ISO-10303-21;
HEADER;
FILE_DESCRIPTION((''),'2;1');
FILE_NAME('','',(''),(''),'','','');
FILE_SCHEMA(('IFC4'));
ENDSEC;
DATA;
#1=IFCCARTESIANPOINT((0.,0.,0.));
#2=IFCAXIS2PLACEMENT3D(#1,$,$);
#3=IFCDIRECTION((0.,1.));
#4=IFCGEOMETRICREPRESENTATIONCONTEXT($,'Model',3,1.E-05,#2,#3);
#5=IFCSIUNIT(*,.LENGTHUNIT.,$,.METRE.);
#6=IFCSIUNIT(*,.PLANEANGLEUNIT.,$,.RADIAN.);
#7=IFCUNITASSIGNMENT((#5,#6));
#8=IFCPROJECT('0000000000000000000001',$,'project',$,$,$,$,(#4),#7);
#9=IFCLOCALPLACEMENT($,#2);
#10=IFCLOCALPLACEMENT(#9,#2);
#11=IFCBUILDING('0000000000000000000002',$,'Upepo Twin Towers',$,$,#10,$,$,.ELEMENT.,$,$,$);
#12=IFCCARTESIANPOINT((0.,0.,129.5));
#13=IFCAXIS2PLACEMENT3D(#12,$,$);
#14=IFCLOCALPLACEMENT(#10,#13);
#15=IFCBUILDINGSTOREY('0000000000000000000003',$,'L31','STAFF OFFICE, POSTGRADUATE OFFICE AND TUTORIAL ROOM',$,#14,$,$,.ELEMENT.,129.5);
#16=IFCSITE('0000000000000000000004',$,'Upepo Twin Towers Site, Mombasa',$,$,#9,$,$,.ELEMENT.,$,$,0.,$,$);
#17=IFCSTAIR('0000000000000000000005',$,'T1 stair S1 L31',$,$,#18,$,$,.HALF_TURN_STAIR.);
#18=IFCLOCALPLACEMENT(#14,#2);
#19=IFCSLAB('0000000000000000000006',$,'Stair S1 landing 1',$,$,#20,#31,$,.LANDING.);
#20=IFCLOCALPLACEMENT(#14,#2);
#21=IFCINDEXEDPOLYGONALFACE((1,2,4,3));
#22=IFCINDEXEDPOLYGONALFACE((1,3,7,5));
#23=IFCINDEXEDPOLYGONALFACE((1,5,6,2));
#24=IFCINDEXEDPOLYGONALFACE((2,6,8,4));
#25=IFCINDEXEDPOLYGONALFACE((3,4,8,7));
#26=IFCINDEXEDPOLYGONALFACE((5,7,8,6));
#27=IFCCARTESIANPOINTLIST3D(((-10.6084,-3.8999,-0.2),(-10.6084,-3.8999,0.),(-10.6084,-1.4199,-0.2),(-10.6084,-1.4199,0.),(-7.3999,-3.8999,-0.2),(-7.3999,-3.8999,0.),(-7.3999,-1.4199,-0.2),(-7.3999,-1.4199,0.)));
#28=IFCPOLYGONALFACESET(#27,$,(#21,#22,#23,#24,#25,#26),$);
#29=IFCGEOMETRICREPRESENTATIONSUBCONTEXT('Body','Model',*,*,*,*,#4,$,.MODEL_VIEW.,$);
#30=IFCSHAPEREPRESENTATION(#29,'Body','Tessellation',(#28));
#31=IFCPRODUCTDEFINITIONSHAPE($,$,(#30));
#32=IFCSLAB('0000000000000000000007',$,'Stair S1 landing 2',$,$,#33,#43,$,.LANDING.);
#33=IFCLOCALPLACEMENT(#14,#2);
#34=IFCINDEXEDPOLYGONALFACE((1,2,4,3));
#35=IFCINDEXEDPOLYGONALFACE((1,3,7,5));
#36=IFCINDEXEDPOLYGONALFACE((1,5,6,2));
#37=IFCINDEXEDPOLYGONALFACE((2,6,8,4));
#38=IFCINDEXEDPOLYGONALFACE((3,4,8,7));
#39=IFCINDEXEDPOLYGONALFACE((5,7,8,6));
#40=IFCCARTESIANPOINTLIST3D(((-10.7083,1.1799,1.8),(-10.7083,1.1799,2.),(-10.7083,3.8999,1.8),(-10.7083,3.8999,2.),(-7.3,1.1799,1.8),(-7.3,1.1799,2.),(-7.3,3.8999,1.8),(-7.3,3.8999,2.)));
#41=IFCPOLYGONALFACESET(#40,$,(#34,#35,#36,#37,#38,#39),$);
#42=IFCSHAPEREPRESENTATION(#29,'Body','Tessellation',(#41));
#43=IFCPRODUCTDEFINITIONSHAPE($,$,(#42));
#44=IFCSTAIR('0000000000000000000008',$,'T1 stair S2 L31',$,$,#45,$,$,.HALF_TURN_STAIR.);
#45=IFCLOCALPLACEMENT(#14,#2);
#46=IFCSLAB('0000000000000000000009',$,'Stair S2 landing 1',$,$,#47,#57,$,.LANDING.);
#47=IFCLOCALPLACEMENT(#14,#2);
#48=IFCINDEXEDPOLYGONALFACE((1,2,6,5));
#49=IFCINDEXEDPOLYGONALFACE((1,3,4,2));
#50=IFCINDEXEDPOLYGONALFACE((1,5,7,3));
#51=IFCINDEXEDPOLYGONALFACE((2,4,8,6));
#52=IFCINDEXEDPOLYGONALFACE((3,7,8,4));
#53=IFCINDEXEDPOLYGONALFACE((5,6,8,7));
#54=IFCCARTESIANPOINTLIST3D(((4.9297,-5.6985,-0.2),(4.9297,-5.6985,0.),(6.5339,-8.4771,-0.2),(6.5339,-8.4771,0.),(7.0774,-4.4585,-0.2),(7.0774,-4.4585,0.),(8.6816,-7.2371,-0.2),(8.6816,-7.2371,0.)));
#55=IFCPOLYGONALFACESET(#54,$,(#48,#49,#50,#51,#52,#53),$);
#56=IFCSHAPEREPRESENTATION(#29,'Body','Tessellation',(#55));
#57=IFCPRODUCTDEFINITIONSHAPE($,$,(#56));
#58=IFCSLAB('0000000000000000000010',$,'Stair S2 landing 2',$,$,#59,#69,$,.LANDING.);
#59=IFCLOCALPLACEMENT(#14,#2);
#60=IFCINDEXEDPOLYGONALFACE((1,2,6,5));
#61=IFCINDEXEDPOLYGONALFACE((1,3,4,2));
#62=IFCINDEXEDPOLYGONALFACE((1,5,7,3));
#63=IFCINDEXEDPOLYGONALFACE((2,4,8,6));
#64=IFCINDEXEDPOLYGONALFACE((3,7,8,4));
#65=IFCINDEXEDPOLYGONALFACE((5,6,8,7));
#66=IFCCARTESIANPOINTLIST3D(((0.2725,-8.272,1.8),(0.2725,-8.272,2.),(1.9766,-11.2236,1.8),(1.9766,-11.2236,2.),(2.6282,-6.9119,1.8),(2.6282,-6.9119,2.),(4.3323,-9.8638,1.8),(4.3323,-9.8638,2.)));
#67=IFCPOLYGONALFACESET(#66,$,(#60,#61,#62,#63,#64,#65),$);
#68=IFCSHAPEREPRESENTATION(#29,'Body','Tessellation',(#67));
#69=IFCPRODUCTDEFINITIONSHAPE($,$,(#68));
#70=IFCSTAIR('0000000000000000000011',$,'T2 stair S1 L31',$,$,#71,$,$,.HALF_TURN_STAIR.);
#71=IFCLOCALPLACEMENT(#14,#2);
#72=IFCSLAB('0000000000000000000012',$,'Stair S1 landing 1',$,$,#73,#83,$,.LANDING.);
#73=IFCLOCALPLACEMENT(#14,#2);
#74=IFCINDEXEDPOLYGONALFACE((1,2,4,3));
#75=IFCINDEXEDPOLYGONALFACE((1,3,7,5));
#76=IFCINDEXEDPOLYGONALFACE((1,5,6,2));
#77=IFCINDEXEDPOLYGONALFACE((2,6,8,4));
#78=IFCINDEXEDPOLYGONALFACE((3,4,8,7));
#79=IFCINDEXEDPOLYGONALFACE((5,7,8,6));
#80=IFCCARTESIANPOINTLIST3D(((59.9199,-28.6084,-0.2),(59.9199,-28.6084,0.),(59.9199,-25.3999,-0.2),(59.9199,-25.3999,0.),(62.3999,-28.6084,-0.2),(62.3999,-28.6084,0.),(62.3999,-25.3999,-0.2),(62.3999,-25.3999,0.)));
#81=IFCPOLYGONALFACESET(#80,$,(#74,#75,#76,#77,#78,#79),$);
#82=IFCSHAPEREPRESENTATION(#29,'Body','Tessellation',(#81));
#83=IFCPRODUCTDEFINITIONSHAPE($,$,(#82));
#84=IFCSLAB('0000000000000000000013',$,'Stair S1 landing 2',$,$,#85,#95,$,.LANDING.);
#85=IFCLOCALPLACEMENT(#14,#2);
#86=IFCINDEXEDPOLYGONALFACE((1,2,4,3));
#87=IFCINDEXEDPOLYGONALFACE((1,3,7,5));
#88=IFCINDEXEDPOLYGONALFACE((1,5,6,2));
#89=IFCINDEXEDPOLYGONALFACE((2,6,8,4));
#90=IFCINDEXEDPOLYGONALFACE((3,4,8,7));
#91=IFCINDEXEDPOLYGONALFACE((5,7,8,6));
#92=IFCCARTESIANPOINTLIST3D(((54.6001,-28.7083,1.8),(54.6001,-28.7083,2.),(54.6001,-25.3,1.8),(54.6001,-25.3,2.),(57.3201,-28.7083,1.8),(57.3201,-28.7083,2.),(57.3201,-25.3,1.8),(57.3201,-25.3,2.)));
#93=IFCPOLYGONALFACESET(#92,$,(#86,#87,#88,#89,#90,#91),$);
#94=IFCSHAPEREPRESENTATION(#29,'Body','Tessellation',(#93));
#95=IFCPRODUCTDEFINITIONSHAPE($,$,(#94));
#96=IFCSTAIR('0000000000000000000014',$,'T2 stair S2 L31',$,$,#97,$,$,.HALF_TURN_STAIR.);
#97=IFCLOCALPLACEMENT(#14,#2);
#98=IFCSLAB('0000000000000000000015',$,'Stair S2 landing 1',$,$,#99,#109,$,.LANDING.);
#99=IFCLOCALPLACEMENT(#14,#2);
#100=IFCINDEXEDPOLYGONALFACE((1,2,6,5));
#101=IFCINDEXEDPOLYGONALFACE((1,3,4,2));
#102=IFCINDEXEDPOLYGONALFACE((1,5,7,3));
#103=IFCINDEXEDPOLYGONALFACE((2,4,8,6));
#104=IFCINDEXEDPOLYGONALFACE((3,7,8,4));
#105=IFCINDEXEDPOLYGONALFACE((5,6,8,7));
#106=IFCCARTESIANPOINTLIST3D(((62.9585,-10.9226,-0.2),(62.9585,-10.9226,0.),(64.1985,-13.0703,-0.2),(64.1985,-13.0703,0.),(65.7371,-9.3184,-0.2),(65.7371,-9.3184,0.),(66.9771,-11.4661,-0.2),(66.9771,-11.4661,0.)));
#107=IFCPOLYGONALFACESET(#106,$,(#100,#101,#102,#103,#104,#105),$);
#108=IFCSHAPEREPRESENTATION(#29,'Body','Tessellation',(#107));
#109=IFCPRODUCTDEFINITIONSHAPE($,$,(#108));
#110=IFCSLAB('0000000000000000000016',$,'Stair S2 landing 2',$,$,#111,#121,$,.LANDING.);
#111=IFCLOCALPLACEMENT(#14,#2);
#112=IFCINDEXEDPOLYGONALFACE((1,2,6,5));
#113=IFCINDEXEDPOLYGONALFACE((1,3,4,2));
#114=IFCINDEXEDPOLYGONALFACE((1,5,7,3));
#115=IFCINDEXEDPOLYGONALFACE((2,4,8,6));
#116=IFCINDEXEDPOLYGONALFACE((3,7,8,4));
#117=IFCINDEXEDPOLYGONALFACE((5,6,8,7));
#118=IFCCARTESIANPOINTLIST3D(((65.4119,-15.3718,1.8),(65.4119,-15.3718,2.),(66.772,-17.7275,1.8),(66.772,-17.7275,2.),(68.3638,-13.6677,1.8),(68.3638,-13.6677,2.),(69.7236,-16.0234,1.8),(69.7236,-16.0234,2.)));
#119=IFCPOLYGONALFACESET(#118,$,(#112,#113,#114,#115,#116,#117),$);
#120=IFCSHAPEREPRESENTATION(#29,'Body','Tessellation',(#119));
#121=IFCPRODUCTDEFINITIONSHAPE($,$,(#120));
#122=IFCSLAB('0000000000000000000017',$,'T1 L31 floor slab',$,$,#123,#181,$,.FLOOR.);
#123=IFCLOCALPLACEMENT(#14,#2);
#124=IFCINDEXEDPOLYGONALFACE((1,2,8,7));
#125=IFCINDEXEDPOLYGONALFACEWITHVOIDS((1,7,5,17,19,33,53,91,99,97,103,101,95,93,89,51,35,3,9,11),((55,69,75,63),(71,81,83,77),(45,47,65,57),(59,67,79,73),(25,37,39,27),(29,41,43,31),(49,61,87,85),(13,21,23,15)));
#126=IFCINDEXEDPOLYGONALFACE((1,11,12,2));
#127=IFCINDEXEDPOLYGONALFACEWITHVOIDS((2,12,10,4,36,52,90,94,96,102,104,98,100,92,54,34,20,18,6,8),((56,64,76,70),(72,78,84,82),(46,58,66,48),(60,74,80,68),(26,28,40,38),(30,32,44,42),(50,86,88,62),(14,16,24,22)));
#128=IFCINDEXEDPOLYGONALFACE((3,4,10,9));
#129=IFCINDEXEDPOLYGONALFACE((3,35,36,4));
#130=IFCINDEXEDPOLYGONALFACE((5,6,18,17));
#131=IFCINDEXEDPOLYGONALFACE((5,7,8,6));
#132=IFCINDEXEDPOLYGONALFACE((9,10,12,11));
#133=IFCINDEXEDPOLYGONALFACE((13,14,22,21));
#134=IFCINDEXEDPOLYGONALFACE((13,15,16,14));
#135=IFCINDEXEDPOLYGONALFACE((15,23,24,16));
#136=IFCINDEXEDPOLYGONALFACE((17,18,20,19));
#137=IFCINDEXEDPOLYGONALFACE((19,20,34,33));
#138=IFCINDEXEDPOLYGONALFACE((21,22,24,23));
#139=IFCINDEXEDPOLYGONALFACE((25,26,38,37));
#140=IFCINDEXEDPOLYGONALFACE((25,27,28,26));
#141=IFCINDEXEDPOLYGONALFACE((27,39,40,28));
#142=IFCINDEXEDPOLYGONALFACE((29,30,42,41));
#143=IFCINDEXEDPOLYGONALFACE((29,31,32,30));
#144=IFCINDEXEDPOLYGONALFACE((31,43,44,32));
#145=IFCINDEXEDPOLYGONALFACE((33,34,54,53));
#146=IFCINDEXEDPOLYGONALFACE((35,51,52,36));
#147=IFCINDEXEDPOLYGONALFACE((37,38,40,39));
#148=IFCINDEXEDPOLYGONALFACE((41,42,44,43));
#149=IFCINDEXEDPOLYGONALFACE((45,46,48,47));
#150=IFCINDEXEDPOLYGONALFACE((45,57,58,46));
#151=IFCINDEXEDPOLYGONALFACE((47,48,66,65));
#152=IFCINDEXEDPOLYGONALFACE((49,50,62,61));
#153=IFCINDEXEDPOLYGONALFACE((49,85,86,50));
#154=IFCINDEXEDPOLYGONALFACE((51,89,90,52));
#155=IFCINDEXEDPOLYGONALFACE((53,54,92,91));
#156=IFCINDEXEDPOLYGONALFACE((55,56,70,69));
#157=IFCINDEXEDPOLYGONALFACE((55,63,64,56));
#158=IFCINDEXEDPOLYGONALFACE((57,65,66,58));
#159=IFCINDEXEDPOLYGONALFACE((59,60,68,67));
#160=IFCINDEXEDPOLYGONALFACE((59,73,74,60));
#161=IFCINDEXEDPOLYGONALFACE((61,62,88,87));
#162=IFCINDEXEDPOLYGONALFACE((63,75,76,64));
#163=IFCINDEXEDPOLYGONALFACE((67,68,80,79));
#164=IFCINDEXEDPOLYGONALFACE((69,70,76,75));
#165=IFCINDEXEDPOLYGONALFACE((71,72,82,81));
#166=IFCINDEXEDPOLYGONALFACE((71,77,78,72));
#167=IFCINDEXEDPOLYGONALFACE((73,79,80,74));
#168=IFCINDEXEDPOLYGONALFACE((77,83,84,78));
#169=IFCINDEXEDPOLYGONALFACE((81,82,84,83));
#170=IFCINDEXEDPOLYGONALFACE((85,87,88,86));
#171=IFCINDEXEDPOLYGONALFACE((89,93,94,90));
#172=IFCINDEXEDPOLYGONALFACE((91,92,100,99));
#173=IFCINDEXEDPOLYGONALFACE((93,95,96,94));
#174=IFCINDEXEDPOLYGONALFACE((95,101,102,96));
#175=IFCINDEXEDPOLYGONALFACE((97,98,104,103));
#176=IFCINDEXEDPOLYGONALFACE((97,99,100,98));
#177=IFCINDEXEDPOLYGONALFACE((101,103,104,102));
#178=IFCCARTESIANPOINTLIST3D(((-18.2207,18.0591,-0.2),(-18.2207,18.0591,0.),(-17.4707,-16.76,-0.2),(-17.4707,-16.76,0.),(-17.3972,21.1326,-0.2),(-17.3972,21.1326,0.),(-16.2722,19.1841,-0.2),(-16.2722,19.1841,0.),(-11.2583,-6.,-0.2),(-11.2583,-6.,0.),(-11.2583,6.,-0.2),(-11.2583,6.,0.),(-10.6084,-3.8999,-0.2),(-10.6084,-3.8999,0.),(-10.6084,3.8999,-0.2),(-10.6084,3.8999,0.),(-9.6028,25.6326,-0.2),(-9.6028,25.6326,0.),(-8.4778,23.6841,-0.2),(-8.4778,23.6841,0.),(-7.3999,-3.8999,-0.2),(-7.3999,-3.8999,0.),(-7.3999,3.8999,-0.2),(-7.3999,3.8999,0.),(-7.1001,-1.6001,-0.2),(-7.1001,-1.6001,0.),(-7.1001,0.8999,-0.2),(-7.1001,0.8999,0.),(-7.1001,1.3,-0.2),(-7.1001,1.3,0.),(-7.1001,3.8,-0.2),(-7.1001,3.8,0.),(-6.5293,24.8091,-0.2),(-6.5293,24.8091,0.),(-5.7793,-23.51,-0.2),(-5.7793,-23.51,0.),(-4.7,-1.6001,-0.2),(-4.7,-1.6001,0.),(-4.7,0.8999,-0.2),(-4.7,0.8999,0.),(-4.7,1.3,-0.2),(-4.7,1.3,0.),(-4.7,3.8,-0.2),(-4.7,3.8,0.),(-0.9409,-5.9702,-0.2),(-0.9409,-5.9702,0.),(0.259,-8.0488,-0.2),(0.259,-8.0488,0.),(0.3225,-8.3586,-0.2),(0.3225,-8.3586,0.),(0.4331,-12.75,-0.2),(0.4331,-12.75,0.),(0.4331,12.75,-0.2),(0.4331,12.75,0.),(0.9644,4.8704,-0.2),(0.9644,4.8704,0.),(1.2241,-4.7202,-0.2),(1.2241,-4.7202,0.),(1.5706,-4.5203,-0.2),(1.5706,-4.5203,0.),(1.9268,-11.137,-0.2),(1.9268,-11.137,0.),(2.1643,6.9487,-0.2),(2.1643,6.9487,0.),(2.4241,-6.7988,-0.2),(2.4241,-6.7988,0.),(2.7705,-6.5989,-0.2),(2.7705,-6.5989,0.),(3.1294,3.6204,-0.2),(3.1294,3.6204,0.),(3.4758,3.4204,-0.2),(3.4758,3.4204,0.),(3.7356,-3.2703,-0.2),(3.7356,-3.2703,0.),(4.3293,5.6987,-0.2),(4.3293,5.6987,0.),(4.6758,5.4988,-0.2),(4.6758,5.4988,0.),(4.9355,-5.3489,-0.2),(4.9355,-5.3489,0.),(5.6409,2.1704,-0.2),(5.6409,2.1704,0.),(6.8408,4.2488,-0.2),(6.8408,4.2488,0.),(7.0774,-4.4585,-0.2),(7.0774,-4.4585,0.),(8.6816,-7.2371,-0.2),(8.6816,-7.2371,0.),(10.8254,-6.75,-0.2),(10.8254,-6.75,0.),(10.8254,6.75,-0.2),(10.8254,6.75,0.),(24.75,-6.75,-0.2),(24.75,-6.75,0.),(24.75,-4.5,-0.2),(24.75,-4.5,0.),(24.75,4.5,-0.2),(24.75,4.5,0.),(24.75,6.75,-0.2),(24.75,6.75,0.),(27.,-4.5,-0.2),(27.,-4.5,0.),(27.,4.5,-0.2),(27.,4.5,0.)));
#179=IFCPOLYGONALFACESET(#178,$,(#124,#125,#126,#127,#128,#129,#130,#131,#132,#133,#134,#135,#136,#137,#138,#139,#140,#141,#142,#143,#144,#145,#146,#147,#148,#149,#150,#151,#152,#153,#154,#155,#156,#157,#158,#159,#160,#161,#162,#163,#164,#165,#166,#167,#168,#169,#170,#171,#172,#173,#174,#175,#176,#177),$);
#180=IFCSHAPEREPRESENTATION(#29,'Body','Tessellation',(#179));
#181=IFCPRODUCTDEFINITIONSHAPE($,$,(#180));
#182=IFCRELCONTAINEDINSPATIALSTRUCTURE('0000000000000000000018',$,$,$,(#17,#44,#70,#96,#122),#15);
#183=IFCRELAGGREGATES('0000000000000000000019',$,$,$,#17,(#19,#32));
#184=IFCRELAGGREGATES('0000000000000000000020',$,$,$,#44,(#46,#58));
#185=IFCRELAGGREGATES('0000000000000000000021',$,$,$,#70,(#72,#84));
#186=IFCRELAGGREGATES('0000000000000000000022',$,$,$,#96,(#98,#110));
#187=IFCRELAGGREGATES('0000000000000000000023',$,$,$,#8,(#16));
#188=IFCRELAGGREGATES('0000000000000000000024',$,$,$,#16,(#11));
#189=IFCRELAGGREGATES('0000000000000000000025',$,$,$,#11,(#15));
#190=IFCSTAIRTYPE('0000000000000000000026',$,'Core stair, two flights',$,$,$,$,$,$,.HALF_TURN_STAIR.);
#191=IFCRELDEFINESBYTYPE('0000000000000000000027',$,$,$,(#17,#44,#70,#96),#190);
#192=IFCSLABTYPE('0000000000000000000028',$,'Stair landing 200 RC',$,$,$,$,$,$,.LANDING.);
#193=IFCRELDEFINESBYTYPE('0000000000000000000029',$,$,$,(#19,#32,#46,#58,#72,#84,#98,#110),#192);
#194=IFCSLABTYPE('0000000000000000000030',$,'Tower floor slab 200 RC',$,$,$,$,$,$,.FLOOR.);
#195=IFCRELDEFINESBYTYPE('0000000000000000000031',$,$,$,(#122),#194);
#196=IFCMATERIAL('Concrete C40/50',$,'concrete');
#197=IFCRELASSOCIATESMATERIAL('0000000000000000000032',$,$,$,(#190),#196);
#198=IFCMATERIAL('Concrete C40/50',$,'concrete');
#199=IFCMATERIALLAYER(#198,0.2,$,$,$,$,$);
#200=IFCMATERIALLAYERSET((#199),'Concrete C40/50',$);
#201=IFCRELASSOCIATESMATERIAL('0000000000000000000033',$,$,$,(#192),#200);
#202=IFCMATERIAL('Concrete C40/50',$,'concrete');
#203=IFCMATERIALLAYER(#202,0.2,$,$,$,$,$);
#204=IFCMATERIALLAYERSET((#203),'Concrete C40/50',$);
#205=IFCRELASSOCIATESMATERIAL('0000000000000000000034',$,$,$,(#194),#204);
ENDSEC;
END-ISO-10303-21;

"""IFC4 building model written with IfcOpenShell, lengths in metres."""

from ifc_helpers import new_model, si_unit, direction, frame, origin, place, context, subcontext, project, spatial, polyline, outline, extrude, material, layer, layer_set, type_object, element, aggregate, save


model = new_model("IFC4")

# Units and contexts
model_context = context("Model", 3, precision=1e-05, world=origin(), true_north=direction((0.0, 1.0)))
body_context = subcontext(model_context, "Body", "Model", "MODEL_VIEW")
ifc_project = project(units=[si_unit("LENGTHUNIT", "METRE"), si_unit("PLANEANGLEUNIT", "RADIAN")], contexts=[model_context])

# Site, building, storey
site_placement = place(None, origin())
site = spatial("IfcSite", under=ifc_project, at=site_placement, Name="Upepo Twin Towers Site, Mombasa", CompositionType="ELEMENT", RefElevation=0.0)
building_placement = place(site_placement, origin())
building = spatial("IfcBuilding", under=site, at=building_placement, Name="Upepo Twin Towers", CompositionType="ELEMENT")
storey_placement = place(building_placement, frame((0.0, 0.0, 129.5)))
storey = spatial("IfcBuildingStorey", under=building, at=storey_placement, Name="L31", Description="STAFF OFFICE, POSTGRADUATE OFFICE AND TUTORIAL ROOM", CompositionType="ELEMENT", Elevation=129.5)

# Stairs, slabs
ifc_material_1 = material(Name="Concrete C40/50", Category="concrete")
stair_type = type_object("IfcStairType", Name="Core stair, two flights", PredefinedType="HALF_TURN_STAIR", material=ifc_material_1)
stair_1_placement = place(storey_placement, origin())
stair_1 = element("IfcStair", 1, at=stair_1_placement, inside=storey, type_object=stair_type, Name="T1 stair S1 L31", PredefinedType="HALF_TURN_STAIR")
ifc_material_2 = material(Name="Concrete C40/50", Category="concrete")
ifc_layer_1 = layer(ifc_material_2, 0.2)
ifc_layer_set_1 = layer_set([ifc_layer_1], Name="Concrete C40/50")
slab_type_1 = type_object("IfcSlabType", Name="Stair landing 200 RC", PredefinedType="LANDING", material=ifc_layer_set_1)
slab_1_placement = place(storey_placement, frame((0.0, 0.0, -0.2)))
slab_1 = element("IfcSlab", 2, at=slab_1_placement, type_object=slab_type_1, Name="Stair S1 landing 1", PredefinedType="LANDING", context=body_context, shape_type="SweptSolid", body=[
    extrude(outline(polyline([(-7.3999, -1.4199), (-10.6084, -1.4199), (-10.6084, -3.8999), (-7.3999, -3.8999), (-7.3999, -1.4199)])), origin(), (0.0, 0.0, 1.0), 0.2),
])
slab_2_placement = place(storey_placement, frame((0.0, 0.0, 1.8)))
slab_2 = element("IfcSlab", 3, at=slab_2_placement, type_object=slab_type_1, Name="Stair S1 landing 2", PredefinedType="LANDING", context=body_context, shape_type="SweptSolid", body=[
    extrude(outline(polyline([(-7.3, 3.8999), (-10.7083, 3.8999), (-10.7083, 1.1799), (-7.3, 1.1799), (-7.3, 3.8999)])), origin(), (0.0, 0.0, 1.0), 0.2),
])
aggregate(stair_1, [slab_1, slab_2])
stair_2_placement = place(storey_placement, origin())
stair_2 = element("IfcStair", 4, at=stair_2_placement, inside=storey, type_object=stair_type, Name="T1 stair S2 L31", PredefinedType="HALF_TURN_STAIR")
slab_3_placement = place(storey_placement, frame((0.0, 0.0, -0.2)))
slab_3 = element("IfcSlab", 5, at=slab_3_placement, type_object=slab_type_1, Name="Stair S2 landing 1", PredefinedType="LANDING", context=body_context, shape_type="SweptSolid", body=[
    extrude(outline(polyline([(4.9297, -5.6985), (6.5339, -8.4771), (8.6816, -7.2371), (7.0774, -4.4585), (4.9297, -5.6985)])), origin(), (0.0, 0.0, 1.0), 0.2),
])
slab_4_placement = place(storey_placement, frame((0.0, 0.0, 1.8)))
slab_4 = element("IfcSlab", 6, at=slab_4_placement, type_object=slab_type_1, Name="Stair S2 landing 2", PredefinedType="LANDING", context=body_context, shape_type="SweptSolid", body=[
    extrude(outline(polyline([(0.2725, -8.272), (1.9766, -11.2236), (4.3323, -9.8638), (2.6282, -6.9119), (0.2725, -8.272)])), origin(), (0.0, 0.0, 1.0), 0.2),
])
aggregate(stair_2, [slab_3, slab_4])
stair_3_placement = place(storey_placement, origin())
stair_3 = element("IfcStair", 7, at=stair_3_placement, inside=storey, type_object=stair_type, Name="T2 stair S1 L31", PredefinedType="HALF_TURN_STAIR")
slab_5_placement = place(storey_placement, frame((0.0, 0.0, -0.2)))
slab_5 = element("IfcSlab", 8, at=slab_5_placement, type_object=slab_type_1, Name="Stair S1 landing 1", PredefinedType="LANDING", context=body_context, shape_type="SweptSolid", body=[
    extrude(outline(polyline([(59.9199, -25.3999), (59.9199, -28.6084), (62.3999, -28.6084), (62.3999, -25.3999), (59.9199, -25.3999)])), origin(), (0.0, 0.0, 1.0), 0.2),
])
slab_6_placement = place(storey_placement, frame((0.0, 0.0, 1.8)))
slab_6 = element("IfcSlab", 9, at=slab_6_placement, type_object=slab_type_1, Name="Stair S1 landing 2", PredefinedType="LANDING", context=body_context, shape_type="SweptSolid", body=[
    extrude(outline(polyline([(54.6001, -25.3), (54.6001, -28.7083), (57.3201, -28.7083), (57.3201, -25.3), (54.6001, -25.3)])), origin(), (0.0, 0.0, 1.0), 0.2),
])
aggregate(stair_3, [slab_5, slab_6])
stair_4_placement = place(storey_placement, origin())
stair_4 = element("IfcStair", 10, at=stair_4_placement, inside=storey, type_object=stair_type, Name="T2 stair S2 L31", PredefinedType="HALF_TURN_STAIR")
slab_7_placement = place(storey_placement, frame((0.0, 0.0, -0.2)))
slab_7 = element("IfcSlab", 11, at=slab_7_placement, type_object=slab_type_1, Name="Stair S2 landing 1", PredefinedType="LANDING", context=body_context, shape_type="SweptSolid", body=[
    extrude(outline(polyline([(64.1985, -13.0703), (66.9771, -11.4661), (65.7371, -9.3184), (62.9585, -10.9226), (64.1985, -13.0703)])), origin(), (0.0, 0.0, 1.0), 0.2),
])
slab_8_placement = place(storey_placement, frame((0.0, 0.0, 1.8)))
slab_8 = element("IfcSlab", 12, at=slab_8_placement, type_object=slab_type_1, Name="Stair S2 landing 2", PredefinedType="LANDING", context=body_context, shape_type="SweptSolid", body=[
    extrude(outline(polyline([(66.772, -17.7275), (69.7236, -16.0234), (68.3638, -13.6677), (65.4119, -15.3718), (66.772, -17.7275)])), origin(), (0.0, 0.0, 1.0), 0.2),
])
aggregate(stair_4, [slab_7, slab_8])

# Slab
ifc_material_3 = material(Name="Concrete C40/50", Category="concrete")
ifc_layer_2 = layer(ifc_material_3, 0.2)
ifc_layer_set_2 = layer_set([ifc_layer_2], Name="Concrete C40/50")
slab_type_2 = type_object("IfcSlabType", Name="Tower floor slab 200 RC", PredefinedType="FLOOR", material=ifc_layer_set_2)
slab_9_placement = place(storey_placement, frame((0.0, 0.0, -0.2)))
element("IfcSlab", 13, at=slab_9_placement, inside=storey, type_object=slab_type_2, Name="T1 L31 floor slab", PredefinedType="FLOOR", context=body_context, shape_type="SweptSolid", body=[
    extrude(outline(polyline([(-17.4707, -16.76), (-11.2583, -6.0), (-11.2583, 6.0), (-18.2207, 18.0591), (-16.2722, 19.1841), (-17.3972, 21.1326), (-9.6028, 25.6326), (-8.4778, 23.6841), (-6.5293, 24.8091), (0.4331, 12.75), (10.8254, 6.75), (24.75, 6.75), (24.75, 4.5), (27.0, 4.5), (27.0, -4.5), (24.75, -4.5), (24.75, -6.75), (10.8254, -6.75), (0.4331, -12.75), (-5.7793, -23.51), (-17.4707, -16.76)]), holes=[polyline([(5.6409, 2.1704), (6.8408, 4.2488), (4.6758, 5.4988), (3.4758, 3.4204), (5.6409, 2.1704)]), polyline([(3.1294, 3.6204), (4.3293, 5.6987), (2.1643, 6.9487), (0.9644, 4.8704), (3.1294, 3.6204)]), polyline([(-4.7, 3.8), (-7.1001, 3.8), (-7.1001, 1.3), (-4.7, 1.3), (-4.7, 3.8)]), polyline([(-4.7, 0.8999), (-7.1001, 0.8999), (-7.1001, -1.6001), (-4.7, -1.6001), (-4.7, 0.8999)]), polyline([(-7.3999, 3.8999), (-10.6084, 3.8999), (-10.6084, -3.8999), (-7.3999, -3.8999), (-7.3999, 3.8999)]), polyline([(-0.9409, -5.9702), (0.259, -8.0488), (2.4241, -6.7988), (1.2241, -4.7202), (-0.9409, -5.9702)]), polyline([(1.5706, -4.5203), (2.7705, -6.5989), (4.9355, -5.3489), (3.7356, -3.2703), (1.5706, -4.5203)]), polyline([(0.3225, -8.3586), (1.9268, -11.137), (8.6816, -7.2371), (7.0774, -4.4585), (0.3225, -8.3586)])]), origin(), (0.0, 0.0, 1.0), 0.2),
])

save(model, "model.ifc")
